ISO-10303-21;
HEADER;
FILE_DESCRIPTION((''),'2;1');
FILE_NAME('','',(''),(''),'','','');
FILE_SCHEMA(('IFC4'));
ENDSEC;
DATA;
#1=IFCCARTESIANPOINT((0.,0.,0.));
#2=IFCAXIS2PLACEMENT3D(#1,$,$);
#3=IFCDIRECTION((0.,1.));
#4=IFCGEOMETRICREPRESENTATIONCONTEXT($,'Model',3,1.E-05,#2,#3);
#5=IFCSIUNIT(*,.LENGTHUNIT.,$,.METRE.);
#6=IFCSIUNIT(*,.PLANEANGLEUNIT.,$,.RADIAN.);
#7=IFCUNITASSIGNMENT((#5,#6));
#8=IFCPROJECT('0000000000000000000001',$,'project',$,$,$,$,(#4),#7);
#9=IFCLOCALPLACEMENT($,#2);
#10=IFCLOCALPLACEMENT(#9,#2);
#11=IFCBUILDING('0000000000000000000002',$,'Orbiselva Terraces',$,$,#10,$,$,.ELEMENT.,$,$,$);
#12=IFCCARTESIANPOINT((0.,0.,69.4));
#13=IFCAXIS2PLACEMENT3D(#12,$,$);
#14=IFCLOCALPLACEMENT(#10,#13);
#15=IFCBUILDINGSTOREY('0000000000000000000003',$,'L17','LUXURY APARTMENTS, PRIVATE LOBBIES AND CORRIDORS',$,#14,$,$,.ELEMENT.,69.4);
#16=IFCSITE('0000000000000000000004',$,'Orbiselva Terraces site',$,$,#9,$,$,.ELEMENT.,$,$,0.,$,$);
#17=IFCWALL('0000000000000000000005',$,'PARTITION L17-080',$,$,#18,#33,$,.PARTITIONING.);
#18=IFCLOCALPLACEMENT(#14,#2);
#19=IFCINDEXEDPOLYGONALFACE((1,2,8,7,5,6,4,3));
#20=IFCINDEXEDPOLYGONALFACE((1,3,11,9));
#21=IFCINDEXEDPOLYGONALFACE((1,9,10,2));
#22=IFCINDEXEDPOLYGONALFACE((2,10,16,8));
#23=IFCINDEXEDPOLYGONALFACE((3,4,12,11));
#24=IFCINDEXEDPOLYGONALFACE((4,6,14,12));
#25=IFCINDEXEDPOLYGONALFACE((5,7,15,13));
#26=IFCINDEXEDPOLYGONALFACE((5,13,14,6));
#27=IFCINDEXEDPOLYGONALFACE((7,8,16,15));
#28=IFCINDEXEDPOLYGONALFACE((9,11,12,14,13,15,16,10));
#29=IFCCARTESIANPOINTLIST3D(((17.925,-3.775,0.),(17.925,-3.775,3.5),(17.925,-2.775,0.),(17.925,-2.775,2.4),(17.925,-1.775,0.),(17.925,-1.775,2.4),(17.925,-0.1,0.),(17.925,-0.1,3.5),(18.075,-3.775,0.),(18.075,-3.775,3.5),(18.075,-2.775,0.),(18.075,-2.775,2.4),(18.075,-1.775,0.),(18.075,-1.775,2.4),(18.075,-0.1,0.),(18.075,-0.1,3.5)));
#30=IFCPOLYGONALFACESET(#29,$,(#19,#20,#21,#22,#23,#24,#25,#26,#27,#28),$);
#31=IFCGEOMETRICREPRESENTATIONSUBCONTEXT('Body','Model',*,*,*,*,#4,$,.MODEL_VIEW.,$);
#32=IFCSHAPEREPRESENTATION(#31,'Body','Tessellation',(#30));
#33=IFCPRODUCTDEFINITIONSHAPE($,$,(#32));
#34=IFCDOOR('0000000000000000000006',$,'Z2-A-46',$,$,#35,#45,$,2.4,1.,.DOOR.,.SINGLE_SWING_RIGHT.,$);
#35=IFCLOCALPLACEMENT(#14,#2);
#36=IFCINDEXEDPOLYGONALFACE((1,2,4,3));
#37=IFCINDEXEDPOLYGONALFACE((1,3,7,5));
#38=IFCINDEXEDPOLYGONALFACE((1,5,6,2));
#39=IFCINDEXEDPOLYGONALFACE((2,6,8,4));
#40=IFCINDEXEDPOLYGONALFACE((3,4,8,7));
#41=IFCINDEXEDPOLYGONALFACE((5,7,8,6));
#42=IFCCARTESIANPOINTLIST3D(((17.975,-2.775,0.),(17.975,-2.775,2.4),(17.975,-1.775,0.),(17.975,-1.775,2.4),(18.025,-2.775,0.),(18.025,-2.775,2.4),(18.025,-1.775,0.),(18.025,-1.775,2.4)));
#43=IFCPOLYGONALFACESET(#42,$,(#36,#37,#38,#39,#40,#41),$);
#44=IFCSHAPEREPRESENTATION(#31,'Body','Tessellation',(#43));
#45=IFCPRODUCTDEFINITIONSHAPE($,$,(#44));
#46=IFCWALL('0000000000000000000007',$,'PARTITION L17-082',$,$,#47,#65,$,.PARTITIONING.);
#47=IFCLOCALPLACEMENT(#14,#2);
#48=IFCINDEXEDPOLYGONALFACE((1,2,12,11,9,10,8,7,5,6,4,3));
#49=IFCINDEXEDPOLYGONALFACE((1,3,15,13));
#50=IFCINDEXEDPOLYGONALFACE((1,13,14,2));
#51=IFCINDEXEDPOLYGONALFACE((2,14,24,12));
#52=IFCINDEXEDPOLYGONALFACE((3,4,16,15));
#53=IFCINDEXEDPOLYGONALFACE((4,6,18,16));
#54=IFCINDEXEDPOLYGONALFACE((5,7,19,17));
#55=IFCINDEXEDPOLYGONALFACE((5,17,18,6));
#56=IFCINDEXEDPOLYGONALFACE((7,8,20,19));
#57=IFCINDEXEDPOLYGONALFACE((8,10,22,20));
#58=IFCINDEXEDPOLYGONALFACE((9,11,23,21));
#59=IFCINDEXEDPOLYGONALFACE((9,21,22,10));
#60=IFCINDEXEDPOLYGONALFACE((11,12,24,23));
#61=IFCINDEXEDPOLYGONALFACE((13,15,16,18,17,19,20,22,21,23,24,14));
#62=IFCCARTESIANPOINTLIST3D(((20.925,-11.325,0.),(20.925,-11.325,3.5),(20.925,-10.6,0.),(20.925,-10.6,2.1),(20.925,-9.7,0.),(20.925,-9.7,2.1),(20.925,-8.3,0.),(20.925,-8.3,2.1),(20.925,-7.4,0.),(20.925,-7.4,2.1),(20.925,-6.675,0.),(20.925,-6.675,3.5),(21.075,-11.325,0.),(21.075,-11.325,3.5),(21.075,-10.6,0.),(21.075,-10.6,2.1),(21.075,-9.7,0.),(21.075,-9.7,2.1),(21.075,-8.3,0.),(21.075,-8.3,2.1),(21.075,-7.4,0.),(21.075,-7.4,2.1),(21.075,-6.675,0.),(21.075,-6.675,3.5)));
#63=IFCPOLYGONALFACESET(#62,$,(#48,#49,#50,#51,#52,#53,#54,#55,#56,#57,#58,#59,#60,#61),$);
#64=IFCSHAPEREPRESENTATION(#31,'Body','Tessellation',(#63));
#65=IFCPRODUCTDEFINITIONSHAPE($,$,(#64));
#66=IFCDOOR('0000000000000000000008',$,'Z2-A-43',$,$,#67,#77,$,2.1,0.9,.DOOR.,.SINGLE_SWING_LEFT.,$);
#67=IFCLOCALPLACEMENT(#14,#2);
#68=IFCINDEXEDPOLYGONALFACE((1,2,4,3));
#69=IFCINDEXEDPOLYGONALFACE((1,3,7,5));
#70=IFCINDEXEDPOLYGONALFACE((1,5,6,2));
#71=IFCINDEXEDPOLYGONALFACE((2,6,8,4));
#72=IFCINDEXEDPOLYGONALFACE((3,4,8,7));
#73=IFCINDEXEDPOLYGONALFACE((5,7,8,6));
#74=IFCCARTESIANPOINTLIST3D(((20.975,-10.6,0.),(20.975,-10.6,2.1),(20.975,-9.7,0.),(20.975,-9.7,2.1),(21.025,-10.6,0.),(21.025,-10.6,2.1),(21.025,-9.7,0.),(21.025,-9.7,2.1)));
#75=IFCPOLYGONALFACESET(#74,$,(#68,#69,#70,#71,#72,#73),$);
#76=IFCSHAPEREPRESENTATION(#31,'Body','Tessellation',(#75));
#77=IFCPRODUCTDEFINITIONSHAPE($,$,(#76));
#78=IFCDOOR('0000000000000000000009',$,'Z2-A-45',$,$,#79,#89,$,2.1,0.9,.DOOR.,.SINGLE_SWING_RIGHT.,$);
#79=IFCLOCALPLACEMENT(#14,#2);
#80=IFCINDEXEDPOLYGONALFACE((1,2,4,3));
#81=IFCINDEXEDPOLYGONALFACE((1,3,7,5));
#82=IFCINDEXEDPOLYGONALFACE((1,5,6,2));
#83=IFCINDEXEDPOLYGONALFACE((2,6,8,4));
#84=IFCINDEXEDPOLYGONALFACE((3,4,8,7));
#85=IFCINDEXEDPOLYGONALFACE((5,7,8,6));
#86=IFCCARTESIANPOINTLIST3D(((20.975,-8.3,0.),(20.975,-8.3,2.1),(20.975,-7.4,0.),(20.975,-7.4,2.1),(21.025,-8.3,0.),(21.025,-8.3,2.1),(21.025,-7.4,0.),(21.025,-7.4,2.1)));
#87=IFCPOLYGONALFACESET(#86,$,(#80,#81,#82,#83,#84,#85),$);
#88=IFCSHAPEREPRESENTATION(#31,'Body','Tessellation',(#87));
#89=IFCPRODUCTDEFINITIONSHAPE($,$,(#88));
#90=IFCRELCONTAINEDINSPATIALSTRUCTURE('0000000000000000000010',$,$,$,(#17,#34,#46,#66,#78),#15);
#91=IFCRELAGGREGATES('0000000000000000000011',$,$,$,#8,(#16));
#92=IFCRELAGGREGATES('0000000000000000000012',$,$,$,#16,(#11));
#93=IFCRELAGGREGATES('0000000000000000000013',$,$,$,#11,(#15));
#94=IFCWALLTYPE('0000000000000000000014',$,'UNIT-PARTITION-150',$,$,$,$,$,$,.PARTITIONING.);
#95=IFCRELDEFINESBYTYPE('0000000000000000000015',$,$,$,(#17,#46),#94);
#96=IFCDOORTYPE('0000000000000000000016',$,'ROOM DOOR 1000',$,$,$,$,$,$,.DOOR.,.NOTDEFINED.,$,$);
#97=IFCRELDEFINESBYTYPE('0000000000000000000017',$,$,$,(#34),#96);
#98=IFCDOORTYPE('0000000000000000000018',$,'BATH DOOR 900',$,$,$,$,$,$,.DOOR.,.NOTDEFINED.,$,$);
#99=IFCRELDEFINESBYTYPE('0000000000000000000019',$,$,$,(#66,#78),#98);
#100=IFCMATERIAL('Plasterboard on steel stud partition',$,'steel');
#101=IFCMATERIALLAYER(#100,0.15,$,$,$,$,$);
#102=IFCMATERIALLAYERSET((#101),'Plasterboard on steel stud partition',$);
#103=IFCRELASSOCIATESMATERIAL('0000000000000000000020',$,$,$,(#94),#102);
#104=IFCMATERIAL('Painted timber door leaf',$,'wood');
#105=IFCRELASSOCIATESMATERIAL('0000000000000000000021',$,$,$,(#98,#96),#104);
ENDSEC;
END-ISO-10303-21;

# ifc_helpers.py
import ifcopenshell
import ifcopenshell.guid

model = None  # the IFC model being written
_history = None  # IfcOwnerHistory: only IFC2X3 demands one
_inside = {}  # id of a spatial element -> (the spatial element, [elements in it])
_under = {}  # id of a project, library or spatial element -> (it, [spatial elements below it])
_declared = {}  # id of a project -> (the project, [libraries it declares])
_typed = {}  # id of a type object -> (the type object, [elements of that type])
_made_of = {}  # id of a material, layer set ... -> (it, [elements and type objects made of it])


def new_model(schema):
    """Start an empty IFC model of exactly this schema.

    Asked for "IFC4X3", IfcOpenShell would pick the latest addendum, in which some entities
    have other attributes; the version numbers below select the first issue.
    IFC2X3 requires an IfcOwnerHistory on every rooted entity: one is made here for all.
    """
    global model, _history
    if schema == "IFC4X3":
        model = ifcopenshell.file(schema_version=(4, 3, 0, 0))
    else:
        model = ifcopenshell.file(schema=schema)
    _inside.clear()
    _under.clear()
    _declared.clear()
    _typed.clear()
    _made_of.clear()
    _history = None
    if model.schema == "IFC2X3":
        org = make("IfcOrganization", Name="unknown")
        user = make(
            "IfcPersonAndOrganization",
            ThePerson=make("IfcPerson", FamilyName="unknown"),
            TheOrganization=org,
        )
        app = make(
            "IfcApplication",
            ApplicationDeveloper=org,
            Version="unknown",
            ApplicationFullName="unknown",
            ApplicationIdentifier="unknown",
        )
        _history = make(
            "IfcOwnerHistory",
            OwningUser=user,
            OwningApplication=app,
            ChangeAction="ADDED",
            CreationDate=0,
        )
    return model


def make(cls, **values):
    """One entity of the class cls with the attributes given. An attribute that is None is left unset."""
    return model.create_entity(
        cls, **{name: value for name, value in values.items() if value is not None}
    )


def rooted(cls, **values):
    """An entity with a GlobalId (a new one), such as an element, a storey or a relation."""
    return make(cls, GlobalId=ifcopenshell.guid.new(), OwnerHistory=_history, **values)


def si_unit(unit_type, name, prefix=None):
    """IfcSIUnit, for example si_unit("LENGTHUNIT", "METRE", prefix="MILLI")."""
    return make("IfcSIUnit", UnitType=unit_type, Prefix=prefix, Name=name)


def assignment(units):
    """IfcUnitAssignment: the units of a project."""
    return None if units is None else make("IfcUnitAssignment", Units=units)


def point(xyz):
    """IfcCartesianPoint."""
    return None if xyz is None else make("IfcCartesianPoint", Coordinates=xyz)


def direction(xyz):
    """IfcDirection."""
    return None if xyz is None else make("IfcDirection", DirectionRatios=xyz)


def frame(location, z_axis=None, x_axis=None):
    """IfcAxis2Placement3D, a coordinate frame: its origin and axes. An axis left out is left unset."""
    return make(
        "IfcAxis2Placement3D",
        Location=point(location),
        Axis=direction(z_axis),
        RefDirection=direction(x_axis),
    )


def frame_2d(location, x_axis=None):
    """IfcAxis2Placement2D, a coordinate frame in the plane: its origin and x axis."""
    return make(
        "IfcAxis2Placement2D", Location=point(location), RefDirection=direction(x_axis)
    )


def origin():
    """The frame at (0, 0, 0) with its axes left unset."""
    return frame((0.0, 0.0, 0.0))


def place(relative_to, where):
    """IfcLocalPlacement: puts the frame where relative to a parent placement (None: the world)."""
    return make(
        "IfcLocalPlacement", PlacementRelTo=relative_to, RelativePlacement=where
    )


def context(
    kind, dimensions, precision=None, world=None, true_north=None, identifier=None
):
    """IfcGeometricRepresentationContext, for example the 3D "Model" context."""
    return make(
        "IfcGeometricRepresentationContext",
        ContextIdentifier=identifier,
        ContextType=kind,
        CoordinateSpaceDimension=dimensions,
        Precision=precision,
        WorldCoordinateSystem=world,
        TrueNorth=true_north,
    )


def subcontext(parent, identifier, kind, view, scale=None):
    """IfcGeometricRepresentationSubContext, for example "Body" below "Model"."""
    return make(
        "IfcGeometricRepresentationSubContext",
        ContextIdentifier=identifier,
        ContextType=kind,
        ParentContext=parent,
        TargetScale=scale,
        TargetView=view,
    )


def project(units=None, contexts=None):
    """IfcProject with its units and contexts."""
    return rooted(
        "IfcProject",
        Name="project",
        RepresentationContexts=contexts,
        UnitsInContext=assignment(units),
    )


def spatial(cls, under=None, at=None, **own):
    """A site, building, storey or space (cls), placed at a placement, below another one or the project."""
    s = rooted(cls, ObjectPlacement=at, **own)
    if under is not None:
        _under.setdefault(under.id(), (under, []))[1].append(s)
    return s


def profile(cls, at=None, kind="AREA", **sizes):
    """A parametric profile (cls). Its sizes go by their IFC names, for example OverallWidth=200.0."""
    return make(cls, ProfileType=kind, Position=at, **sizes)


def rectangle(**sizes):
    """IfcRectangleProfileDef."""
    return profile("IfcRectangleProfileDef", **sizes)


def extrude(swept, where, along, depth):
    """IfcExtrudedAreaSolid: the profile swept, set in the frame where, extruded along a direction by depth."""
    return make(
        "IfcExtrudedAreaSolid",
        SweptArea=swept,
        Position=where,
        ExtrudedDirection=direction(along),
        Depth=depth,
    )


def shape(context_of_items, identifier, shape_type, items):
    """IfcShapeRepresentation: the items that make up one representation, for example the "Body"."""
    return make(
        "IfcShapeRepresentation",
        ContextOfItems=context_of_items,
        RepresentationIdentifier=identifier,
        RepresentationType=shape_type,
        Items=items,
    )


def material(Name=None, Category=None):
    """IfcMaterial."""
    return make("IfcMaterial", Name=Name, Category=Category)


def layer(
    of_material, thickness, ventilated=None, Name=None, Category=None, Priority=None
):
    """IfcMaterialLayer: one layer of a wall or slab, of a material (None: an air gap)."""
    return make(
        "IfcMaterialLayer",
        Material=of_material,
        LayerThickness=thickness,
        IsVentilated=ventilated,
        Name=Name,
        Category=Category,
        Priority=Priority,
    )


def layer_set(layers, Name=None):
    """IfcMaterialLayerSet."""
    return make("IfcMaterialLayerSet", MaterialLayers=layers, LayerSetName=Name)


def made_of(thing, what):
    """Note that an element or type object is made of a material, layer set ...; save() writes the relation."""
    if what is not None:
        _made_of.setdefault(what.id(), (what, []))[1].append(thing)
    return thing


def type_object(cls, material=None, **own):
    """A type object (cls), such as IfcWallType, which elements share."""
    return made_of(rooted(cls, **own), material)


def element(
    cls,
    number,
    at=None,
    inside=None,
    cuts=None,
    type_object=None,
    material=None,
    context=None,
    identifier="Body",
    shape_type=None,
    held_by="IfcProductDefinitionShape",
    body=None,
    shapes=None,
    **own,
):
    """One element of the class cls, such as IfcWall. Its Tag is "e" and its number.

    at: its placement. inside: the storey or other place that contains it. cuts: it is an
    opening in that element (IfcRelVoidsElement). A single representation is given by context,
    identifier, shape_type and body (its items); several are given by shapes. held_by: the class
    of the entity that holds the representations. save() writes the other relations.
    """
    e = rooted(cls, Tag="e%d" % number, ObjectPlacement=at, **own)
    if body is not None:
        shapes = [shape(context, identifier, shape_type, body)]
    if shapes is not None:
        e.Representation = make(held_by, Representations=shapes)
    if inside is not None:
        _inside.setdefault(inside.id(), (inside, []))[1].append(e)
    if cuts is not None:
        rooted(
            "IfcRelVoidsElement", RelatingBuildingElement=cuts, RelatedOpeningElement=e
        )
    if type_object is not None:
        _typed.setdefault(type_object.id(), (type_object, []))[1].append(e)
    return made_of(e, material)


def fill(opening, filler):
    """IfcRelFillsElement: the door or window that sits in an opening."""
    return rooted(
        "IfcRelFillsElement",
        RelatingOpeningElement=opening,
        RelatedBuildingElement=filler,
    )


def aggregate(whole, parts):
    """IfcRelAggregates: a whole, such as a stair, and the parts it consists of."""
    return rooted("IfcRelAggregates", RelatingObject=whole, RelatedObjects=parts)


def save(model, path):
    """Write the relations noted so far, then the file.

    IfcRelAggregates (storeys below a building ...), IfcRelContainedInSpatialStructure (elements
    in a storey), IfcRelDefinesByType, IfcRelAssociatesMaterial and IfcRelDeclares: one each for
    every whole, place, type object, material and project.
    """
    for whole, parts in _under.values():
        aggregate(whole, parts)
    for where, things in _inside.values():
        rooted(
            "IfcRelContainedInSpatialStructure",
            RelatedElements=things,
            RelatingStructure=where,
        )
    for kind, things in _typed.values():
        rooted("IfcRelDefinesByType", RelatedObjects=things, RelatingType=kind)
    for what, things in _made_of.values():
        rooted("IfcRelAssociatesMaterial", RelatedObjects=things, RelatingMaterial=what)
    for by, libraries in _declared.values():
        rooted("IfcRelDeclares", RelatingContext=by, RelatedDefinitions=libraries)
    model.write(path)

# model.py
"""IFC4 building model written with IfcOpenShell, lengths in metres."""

from ifc_helpers import new_model, si_unit, direction, frame, frame_2d, origin, place, context, subcontext, project, spatial, rectangle, extrude, material, layer, layer_set, type_object, element, fill, save


model = new_model("IFC4")

# Units and contexts
model_context = context("Model", 3, precision=1e-05, world=origin(), true_north=direction((0.0, 1.0)))
body_context = subcontext(model_context, "Body", "Model", "MODEL_VIEW")
ifc_project = project(units=[si_unit("LENGTHUNIT", "METRE"), si_unit("PLANEANGLEUNIT", "RADIAN")], contexts=[model_context])

# Site, building, storey
site_placement = place(None, origin())
site = spatial("IfcSite", under=ifc_project, at=site_placement, Name="Orbiselva Terraces site", CompositionType="ELEMENT", RefElevation=0.0)
building_placement = place(site_placement, origin())
building = spatial("IfcBuilding", under=site, at=building_placement, Name="Orbiselva Terraces", CompositionType="ELEMENT")
storey_placement = place(building_placement, frame((0.0, 0.0, 69.4)))
storey = spatial("IfcBuildingStorey", under=building, at=storey_placement, Name="L17", Description="LUXURY APARTMENTS, PRIVATE LOBBIES AND CORRIDORS", CompositionType="ELEMENT", Elevation=69.4)

# Shared definitions
ifc_material_1 = material(Name="Plasterboard on steel stud partition", Category="steel")
ifc_layer_1 = layer(ifc_material_1, 0.15)
ifc_layer_set_1 = layer_set([ifc_layer_1], Name="Plasterboard on steel stud partition")
wall_type_1 = type_object("IfcWallType", Name="UNIT-PARTITION-150", PredefinedType="PARTITIONING", material=ifc_layer_set_1)

# Shared definitions
ifc_material_2 = material(Name="Painted timber door leaf", Category="wood")
door_type_1 = type_object("IfcDoorType", Name="BATH DOOR 900", OperationType="NOTDEFINED", PredefinedType="DOOR", material=ifc_material_2)

# Shared definitions
door_type_2 = type_object("IfcDoorType", Name="ROOM DOOR 1000", OperationType="NOTDEFINED", PredefinedType="DOOR", material=ifc_material_2)

# Wall, opening, door
wall_1_placement = place(storey_placement, frame((18.0, -0.1, 0.0), z_axis=(0.0, 0.0, 1.0), x_axis=(0.0, -1.0, 0.0)))
wall_1 = element("IfcWall", 1, at=wall_1_placement, inside=storey, type_object=wall_type_1, Name="PARTITION L17-080", PredefinedType="PARTITIONING", context=body_context, shape_type="SweptSolid", body=[
    extrude(rectangle(XDim=3.675, YDim=0.15, at=frame_2d((1.8375, 0.0))), origin(), (0.0, 0.0, 1.0), 3.5),
])
opening_1_placement = place(wall_1_placement, frame((1.675, 0.0, 0.0)))
opening_1 = element("IfcOpeningElement", 2, at=opening_1_placement, cuts=wall_1, PredefinedType="OPENING", context=body_context, shape_type="SweptSolid", body=[
    extrude(rectangle(XDim=1.0, YDim=2.4, at=frame_2d((0.5, 1.2))), frame((0.0, 0.085, 0.0), z_axis=(0.0, -1.0, 0.0), x_axis=(1.0, 0.0, 0.0)), (0.0, 0.0, 1.0), 0.17),
])
door_1_placement = place(opening_1_placement, origin())
door_1 = element("IfcDoor", 3, at=door_1_placement, inside=storey, type_object=door_type_2, Name="Z2-A-46", OperationType="SINGLE_SWING_RIGHT", OverallHeight=2.4, OverallWidth=1.0, PredefinedType="DOOR", context=body_context, shape_type="SweptSolid", body=[
    extrude(rectangle(XDim=1.0, YDim=2.4, at=frame_2d((0.5, 1.2))), frame((0.0, 0.025, 0.0), z_axis=(0.0, -1.0, 0.0), x_axis=(1.0, 0.0, 0.0)), (0.0, 0.0, 1.0), 0.05),
])
fill(opening_1, door_1)

# Wall, openings, doors
wall_2_placement = place(storey_placement, frame((21.0, -11.325, 0.0), z_axis=(0.0, 0.0, 1.0), x_axis=(0.0, 1.0, 0.0)))
wall_2 = element("IfcWall", 4, at=wall_2_placement, inside=storey, type_object=wall_type_1, Name="PARTITION L17-082", PredefinedType="PARTITIONING", context=body_context, shape_type="SweptSolid", body=[
    extrude(rectangle(XDim=4.65, YDim=0.15, at=frame_2d((2.325, 0.0))), origin(), (0.0, 0.0, 1.0), 3.5),
])
opening_2_placement = place(wall_2_placement, frame((0.725, 0.0, 0.0)))
opening_2 = element("IfcOpeningElement", 5, at=opening_2_placement, cuts=wall_2, PredefinedType="OPENING", context=body_context, shape_type="SweptSolid", body=[
    extrude(rectangle(XDim=0.9, YDim=2.1, at=frame_2d((0.45, 1.05))), frame((0.0, 0.085, 0.0), z_axis=(0.0, -1.0, 0.0), x_axis=(1.0, 0.0, 0.0)), (0.0, 0.0, 1.0), 0.17),
])
opening_3_placement = place(wall_2_placement, frame((3.025, 0.0, 0.0)))
opening_3 = element("IfcOpeningElement", 6, at=opening_3_placement, cuts=wall_2, PredefinedType="OPENING", context=body_context, shape_type="SweptSolid", body=[
    extrude(rectangle(XDim=0.9, YDim=2.1, at=frame_2d((0.45, 1.05))), frame((0.0, 0.085, 0.0), z_axis=(0.0, -1.0, 0.0), x_axis=(1.0, 0.0, 0.0)), (0.0, 0.0, 1.0), 0.17),
])
door_2_placement = place(opening_2_placement, origin())
door_2 = element("IfcDoor", 7, at=door_2_placement, inside=storey, type_object=door_type_1, Name="Z2-A-43", OperationType="SINGLE_SWING_LEFT", OverallHeight=2.1, OverallWidth=0.9, PredefinedType="DOOR", context=body_context, shape_type="SweptSolid", body=[
    extrude(rectangle(XDim=0.9, YDim=2.1, at=frame_2d((0.45, 1.05))), frame((0.0, 0.025, 0.0), z_axis=(0.0, -1.0, 0.0), x_axis=(1.0, 0.0, 0.0)), (0.0, 0.0, 1.0), 0.05),
])
fill(opening_2, door_2)
door_3_placement = place(opening_3_placement, origin())
door_3 = element("IfcDoor", 8, at=door_3_placement, inside=storey, type_object=door_type_1, Name="Z2-A-45", OperationType="SINGLE_SWING_RIGHT", OverallHeight=2.1, OverallWidth=0.9, PredefinedType="DOOR", context=body_context, shape_type="SweptSolid", body=[
    extrude(rectangle(XDim=0.9, YDim=2.1, at=frame_2d((0.45, 1.05))), frame((0.0, 0.025, 0.0), z_axis=(0.0, -1.0, 0.0), x_axis=(1.0, 0.0, 0.0)), (0.0, 0.0, 1.0), 0.05),
])
fill(opening_3, door_3)

save(model, "model.ifc")
